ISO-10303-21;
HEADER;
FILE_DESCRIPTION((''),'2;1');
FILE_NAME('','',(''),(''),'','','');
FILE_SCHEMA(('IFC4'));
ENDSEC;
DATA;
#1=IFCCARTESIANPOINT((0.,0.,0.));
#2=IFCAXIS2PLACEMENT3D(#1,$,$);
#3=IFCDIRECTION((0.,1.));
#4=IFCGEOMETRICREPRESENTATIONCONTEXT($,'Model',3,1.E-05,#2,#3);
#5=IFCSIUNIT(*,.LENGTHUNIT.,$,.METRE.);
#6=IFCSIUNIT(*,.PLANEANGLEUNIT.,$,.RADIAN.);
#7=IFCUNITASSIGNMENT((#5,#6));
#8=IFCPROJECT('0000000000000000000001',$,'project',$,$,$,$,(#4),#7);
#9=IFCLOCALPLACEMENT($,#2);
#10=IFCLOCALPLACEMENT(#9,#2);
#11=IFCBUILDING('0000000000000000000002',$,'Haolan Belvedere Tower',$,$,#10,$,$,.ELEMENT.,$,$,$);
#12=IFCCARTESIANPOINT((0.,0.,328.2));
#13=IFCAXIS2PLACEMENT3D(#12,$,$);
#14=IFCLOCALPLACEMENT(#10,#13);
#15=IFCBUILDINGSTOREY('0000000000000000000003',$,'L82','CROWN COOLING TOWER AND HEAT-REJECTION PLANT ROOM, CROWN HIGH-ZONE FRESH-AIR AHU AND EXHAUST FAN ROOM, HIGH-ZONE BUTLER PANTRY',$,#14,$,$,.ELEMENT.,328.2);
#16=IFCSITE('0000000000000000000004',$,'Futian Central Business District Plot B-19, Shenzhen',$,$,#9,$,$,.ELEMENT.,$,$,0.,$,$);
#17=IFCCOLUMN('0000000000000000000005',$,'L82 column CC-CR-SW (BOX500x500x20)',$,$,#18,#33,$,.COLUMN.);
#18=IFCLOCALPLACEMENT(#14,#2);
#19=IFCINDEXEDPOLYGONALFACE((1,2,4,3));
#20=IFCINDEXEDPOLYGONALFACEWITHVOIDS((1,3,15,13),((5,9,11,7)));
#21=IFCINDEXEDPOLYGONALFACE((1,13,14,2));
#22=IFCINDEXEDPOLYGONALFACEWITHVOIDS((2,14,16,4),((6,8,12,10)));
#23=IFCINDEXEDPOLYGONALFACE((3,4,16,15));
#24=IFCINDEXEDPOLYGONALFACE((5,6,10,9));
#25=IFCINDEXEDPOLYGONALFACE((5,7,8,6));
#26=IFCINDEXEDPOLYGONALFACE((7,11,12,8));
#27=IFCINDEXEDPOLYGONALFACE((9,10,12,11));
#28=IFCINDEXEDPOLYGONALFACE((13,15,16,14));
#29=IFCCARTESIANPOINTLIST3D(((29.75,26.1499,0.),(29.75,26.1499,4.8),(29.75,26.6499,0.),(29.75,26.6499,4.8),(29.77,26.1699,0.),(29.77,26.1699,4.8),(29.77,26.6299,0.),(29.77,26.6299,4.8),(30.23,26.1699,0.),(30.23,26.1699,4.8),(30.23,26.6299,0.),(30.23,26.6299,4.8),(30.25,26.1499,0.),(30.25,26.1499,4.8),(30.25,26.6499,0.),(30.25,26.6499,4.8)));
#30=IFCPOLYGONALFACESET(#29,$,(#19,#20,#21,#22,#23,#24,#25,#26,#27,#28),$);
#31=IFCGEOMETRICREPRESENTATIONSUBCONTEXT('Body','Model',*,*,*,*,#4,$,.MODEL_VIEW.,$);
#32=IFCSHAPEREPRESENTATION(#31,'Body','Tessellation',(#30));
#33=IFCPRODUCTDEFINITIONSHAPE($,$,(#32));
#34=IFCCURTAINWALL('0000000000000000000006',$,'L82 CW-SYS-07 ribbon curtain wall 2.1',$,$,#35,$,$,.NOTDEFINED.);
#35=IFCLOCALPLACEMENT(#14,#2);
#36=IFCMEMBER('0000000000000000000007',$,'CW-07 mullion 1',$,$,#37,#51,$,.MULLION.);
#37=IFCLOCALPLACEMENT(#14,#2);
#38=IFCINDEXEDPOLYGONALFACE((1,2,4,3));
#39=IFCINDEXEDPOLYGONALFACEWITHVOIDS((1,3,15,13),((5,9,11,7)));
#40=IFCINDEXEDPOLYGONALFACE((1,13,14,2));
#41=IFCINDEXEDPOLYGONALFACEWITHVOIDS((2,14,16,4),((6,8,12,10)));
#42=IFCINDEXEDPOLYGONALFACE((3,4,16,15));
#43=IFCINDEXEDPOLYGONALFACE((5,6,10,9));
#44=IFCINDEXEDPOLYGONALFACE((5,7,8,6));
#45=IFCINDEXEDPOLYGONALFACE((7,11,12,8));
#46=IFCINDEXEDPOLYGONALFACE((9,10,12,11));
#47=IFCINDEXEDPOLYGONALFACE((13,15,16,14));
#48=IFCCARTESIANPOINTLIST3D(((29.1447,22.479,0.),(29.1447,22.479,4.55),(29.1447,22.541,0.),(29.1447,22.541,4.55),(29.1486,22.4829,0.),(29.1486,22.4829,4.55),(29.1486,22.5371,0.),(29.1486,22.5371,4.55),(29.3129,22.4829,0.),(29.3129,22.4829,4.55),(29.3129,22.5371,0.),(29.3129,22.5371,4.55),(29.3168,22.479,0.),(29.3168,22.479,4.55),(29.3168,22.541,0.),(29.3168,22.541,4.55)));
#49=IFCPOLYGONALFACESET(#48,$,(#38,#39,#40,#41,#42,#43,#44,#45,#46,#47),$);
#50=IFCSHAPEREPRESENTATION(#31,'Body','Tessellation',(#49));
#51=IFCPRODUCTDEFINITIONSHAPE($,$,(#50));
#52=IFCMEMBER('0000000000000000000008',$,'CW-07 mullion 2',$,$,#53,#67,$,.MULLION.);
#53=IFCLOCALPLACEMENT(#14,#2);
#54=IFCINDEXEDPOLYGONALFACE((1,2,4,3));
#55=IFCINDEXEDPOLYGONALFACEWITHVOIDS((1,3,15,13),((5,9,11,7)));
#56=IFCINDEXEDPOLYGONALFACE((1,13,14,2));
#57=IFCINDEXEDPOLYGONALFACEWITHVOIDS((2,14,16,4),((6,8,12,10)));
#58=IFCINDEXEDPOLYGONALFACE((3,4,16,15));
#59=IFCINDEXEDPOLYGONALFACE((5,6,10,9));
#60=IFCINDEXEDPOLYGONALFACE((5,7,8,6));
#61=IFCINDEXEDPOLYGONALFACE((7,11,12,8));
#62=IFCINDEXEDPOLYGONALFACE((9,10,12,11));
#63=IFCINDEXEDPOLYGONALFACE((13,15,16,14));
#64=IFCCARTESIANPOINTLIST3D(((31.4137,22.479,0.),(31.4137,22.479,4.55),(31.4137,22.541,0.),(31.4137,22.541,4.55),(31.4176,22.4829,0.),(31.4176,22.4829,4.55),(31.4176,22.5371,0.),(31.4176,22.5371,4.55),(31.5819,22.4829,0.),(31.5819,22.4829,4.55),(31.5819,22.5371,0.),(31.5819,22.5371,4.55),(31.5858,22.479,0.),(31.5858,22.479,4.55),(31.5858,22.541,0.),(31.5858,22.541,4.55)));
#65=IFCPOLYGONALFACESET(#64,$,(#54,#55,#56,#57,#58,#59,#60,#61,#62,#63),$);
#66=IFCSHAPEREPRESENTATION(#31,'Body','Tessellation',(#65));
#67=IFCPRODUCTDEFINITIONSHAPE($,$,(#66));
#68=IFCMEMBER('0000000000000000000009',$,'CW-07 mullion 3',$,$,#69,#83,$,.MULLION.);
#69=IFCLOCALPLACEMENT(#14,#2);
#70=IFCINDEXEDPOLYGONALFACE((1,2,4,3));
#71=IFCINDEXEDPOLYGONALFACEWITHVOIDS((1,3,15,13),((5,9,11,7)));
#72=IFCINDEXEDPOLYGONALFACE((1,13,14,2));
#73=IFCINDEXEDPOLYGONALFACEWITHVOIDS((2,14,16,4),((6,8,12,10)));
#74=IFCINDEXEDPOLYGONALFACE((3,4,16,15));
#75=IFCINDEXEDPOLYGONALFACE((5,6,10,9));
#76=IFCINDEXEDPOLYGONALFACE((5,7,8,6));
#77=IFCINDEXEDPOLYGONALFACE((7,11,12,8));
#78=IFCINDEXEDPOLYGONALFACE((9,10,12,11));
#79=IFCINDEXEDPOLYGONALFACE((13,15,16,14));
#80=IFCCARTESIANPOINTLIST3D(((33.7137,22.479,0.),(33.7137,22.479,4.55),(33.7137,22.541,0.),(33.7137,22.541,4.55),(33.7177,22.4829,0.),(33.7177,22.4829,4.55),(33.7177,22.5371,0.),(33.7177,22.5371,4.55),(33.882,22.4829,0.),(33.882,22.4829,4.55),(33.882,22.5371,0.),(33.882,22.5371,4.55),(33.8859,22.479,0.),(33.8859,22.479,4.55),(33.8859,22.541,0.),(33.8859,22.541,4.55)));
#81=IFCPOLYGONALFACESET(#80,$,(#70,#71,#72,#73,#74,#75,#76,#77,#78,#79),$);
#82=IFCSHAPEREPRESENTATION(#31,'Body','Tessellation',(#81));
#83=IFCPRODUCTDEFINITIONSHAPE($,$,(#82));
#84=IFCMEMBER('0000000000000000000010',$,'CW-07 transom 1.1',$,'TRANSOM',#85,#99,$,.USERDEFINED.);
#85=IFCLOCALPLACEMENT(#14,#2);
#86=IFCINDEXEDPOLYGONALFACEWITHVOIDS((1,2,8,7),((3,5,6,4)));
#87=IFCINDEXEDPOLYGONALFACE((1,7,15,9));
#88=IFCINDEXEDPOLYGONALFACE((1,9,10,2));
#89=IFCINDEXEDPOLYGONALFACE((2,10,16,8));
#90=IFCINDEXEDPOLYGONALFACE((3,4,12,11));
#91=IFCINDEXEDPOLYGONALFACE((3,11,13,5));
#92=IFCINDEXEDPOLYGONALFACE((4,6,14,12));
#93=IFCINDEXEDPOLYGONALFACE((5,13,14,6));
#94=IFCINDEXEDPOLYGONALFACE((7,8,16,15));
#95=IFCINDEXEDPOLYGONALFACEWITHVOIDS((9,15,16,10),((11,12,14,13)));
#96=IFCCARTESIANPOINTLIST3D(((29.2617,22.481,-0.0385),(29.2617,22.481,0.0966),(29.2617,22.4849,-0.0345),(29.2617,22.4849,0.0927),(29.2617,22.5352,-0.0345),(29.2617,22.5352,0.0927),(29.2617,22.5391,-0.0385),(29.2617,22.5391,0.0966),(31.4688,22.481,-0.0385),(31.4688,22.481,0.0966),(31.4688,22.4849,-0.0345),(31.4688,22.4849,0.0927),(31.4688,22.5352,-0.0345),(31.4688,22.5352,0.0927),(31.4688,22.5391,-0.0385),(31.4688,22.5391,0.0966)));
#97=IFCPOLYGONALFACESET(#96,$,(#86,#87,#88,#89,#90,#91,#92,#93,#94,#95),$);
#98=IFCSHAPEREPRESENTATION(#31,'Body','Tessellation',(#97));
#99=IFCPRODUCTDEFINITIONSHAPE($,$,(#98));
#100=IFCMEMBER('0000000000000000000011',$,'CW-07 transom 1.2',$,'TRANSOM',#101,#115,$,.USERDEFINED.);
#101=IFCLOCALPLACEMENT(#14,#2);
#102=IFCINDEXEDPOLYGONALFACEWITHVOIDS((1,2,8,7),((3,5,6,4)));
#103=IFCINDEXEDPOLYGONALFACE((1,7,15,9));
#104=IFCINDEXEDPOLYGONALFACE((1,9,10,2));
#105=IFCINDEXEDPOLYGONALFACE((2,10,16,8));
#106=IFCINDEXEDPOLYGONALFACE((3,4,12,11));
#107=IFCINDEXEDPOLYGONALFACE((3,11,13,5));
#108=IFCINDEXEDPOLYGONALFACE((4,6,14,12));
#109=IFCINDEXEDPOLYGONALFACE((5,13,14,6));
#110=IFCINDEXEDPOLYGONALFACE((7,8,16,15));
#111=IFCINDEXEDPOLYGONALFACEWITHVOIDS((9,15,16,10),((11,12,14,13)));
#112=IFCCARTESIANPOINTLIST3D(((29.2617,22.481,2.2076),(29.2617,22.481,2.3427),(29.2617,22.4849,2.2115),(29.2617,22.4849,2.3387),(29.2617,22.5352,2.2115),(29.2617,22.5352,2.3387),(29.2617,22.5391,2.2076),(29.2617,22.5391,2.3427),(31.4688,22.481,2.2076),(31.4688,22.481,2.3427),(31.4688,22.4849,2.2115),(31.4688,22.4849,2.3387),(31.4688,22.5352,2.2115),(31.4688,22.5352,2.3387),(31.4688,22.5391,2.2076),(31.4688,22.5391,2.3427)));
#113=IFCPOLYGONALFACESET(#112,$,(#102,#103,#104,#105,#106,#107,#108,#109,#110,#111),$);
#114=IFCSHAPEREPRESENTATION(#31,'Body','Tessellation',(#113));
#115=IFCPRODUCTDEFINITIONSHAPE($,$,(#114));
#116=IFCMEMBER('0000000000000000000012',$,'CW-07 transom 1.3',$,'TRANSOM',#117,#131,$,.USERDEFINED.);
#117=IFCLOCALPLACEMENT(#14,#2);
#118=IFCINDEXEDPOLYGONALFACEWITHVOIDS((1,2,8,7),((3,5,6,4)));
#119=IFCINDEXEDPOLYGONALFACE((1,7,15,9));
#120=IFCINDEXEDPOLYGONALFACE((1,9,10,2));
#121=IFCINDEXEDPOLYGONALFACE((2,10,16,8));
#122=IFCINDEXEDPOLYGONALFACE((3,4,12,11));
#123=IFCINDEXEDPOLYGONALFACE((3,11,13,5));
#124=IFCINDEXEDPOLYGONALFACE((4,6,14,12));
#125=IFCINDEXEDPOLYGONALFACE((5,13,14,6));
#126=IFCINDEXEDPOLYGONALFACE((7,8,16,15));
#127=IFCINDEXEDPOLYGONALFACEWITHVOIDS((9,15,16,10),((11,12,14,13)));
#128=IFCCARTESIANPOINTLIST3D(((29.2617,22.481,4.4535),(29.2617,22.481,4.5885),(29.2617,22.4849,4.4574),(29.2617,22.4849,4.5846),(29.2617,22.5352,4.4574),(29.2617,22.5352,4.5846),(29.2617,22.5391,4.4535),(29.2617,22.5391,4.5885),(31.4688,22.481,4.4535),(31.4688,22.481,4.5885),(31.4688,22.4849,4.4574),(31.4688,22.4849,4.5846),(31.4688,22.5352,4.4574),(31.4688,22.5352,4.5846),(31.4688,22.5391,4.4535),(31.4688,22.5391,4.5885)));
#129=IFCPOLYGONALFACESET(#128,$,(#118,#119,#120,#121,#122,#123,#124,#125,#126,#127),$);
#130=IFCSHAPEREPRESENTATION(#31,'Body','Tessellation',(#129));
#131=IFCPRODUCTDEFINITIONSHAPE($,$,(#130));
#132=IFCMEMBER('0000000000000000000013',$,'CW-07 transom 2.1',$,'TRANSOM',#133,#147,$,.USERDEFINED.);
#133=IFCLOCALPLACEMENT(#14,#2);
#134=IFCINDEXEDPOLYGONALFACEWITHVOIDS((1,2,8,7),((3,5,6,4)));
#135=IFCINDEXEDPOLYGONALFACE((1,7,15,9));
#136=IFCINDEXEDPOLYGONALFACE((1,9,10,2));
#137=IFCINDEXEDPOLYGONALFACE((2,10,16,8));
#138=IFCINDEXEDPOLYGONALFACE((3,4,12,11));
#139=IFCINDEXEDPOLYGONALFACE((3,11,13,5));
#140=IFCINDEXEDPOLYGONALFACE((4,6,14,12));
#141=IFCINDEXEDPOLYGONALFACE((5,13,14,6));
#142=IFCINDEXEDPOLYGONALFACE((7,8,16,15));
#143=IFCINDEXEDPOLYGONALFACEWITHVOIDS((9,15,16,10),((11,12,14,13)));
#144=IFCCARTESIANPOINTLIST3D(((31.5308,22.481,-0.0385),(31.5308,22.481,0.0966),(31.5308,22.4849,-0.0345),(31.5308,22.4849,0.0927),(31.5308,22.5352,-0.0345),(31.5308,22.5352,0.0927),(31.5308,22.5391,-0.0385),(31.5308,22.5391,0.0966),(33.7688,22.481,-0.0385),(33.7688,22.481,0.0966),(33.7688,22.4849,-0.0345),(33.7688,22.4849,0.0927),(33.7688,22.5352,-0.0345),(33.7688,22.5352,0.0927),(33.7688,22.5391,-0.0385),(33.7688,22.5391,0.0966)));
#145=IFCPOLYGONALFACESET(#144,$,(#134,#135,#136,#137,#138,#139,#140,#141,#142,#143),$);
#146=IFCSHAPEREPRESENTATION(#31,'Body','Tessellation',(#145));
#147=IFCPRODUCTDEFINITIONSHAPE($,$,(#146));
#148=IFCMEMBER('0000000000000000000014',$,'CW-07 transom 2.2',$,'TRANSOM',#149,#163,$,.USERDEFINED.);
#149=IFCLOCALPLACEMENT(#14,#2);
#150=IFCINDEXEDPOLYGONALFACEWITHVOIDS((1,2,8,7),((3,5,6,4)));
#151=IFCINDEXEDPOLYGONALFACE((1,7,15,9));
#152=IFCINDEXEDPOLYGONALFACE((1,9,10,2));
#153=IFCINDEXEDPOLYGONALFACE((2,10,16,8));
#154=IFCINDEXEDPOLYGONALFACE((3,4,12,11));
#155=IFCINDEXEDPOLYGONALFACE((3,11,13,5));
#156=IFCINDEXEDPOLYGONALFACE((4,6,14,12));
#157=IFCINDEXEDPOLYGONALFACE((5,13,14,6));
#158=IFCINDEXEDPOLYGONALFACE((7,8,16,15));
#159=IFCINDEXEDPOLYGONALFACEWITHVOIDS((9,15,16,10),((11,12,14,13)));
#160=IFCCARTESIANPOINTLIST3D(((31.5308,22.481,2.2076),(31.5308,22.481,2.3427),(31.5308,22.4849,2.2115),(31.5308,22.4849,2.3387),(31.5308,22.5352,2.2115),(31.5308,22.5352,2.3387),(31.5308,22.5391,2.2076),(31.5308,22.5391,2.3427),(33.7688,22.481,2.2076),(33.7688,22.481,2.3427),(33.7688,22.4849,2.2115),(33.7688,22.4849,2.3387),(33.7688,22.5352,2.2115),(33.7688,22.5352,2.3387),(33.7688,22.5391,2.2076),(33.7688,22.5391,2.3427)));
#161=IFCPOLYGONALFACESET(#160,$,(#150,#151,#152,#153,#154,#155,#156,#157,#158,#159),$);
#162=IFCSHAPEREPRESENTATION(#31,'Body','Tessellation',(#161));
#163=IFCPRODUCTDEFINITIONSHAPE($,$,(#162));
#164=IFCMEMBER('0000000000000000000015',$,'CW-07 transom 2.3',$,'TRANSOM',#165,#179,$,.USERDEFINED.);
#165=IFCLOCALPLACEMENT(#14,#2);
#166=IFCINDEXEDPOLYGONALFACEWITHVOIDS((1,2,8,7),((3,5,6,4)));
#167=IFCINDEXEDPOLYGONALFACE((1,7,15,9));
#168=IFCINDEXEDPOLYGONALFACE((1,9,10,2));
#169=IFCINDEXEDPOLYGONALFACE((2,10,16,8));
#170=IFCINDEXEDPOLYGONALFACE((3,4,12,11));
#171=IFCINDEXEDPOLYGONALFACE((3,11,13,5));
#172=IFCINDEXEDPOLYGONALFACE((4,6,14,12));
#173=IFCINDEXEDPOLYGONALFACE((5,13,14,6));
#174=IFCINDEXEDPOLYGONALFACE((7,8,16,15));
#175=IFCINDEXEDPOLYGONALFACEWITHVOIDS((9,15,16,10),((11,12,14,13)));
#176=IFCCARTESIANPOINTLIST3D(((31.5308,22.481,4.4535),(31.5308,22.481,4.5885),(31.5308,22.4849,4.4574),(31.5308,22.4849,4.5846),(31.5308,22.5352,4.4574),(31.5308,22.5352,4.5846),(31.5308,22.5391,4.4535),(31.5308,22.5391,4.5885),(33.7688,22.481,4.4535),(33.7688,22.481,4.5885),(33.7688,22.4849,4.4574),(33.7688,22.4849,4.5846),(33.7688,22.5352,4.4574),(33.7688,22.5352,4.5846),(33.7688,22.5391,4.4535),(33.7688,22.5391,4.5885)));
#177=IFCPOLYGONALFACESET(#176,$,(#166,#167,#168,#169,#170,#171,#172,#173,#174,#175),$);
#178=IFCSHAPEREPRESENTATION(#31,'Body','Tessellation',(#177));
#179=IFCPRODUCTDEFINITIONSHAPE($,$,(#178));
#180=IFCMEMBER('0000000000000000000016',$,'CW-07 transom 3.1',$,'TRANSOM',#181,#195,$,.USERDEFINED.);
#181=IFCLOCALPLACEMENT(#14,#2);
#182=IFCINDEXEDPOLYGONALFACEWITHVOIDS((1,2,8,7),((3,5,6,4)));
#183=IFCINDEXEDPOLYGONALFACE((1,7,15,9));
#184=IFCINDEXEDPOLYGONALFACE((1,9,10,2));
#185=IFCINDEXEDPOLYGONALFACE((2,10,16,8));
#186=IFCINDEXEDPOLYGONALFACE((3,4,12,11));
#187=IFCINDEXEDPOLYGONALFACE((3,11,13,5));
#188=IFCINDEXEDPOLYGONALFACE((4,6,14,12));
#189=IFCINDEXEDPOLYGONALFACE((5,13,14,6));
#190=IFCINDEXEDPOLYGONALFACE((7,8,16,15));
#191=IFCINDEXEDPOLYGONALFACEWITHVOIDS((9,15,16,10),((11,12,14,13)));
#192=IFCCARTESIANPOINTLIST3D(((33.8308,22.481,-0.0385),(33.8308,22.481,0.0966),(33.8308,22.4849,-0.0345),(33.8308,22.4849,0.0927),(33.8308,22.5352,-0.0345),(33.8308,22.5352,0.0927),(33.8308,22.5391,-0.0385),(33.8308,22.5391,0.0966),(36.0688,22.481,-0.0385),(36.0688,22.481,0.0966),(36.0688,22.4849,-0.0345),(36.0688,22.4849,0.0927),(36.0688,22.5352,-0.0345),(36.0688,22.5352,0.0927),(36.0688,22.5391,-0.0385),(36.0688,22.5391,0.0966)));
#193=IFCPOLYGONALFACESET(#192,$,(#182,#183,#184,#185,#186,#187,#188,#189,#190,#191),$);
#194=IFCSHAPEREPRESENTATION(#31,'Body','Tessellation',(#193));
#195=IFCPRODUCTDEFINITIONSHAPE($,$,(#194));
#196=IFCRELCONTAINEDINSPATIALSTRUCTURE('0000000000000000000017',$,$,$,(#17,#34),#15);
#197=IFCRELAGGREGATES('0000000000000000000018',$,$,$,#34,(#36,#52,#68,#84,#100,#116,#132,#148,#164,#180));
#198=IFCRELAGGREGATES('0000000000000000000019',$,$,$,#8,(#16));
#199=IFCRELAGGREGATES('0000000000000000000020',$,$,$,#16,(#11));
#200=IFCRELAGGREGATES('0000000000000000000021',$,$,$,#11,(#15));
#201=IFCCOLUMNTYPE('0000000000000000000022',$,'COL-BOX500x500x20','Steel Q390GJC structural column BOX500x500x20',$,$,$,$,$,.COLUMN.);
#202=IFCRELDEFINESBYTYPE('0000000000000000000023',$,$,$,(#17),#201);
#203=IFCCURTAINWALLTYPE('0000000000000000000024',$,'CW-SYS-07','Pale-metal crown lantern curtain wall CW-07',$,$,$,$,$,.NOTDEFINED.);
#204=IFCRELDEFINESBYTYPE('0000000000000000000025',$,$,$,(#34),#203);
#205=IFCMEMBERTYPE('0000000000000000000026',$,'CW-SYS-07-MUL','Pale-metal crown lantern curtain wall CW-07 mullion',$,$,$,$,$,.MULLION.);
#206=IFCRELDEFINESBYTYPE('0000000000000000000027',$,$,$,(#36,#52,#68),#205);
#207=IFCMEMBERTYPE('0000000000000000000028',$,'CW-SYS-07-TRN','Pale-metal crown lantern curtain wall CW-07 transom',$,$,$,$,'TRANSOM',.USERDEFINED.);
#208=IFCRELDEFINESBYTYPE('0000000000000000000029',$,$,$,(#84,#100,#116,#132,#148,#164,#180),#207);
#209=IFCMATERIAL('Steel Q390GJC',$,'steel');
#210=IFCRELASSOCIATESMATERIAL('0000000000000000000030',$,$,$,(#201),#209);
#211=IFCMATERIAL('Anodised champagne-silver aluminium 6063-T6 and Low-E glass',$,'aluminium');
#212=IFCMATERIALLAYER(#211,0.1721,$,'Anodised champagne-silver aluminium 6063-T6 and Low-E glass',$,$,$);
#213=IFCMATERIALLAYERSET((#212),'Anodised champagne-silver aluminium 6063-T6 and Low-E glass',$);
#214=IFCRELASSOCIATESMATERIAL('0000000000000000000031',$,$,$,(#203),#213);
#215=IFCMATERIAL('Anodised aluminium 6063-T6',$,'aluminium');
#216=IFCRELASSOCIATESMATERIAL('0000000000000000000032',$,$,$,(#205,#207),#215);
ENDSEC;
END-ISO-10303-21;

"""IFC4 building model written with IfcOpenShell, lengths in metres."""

from ifc_helpers import new_model, si_unit, direction, frame, origin, origin_2d, place, context, subcontext, project, spatial, hollow_rectangle, extrude, material, layer, layer_set, material_profile, profile_set, type_object, element, aggregate, save


model = new_model("IFC4")

# Units and contexts
model_context = context("Model", 3, precision=1e-05, world=origin(), true_north=direction((0.0, 1.0)))
body_context = subcontext(model_context, "Body", "Model", "MODEL_VIEW")
ifc_project = project(units=[si_unit("LENGTHUNIT", "METRE"), si_unit("PLANEANGLEUNIT", "RADIAN")], contexts=[model_context])

# Site, building, storey
site_placement = place(None, origin())
site = spatial("IfcSite", under=ifc_project, at=site_placement, Name="Futian Central Business District Plot B-19, Shenzhen", CompositionType="ELEMENT", RefElevation=0.0)
building_placement = place(site_placement, origin())
building = spatial("IfcBuilding", under=site, at=building_placement, Name="Haolan Belvedere Tower", CompositionType="ELEMENT")
storey_placement = place(building_placement, frame((0.0, 0.0, 328.2)))
storey = spatial("IfcBuildingStorey", under=building, at=storey_placement, Name="L82", Description="CROWN COOLING TOWER AND HEAT-REJECTION PLANT ROOM, CROWN HIGH-ZONE FRESH-AIR AHU AND EXHAUST FAN ROOM, HIGH-ZONE BUTLER PANTRY", CompositionType="ELEMENT", Elevation=328.2)

# Column
ifc_material_1 = material(Name="Steel Q390GJC", Category="steel")
ifc_material_profile_1 = material_profile(ifc_material_1, hollow_rectangle(XDim=0.5, YDim=0.5, WallThickness=0.02, at=origin_2d()), Name="Steel Q390GJC")
ifc_profile_set_1 = profile_set([ifc_material_profile_1], Name="Steel Q390GJC")
column_type = type_object("IfcColumnType", Name="COL-BOX500x500x20", Description="Steel Q390GJC structural column BOX500x500x20", PredefinedType="COLUMN", material=ifc_profile_set_1)
column_placement = place(storey_placement, frame((30.0, 26.3999, 0.0), z_axis=(0.0, 0.0, 1.0), x_axis=(1.0, 0.0, 0.0)))
element("IfcColumn", 1, at=column_placement, inside=storey, type_object=column_type, Name="L82 column CC-CR-SW (BOX500x500x20)", PredefinedType="COLUMN", context=body_context, shape_type="SweptSolid", body=[
    extrude(hollow_rectangle(XDim=0.5, YDim=0.5, WallThickness=0.02, at=origin_2d()), origin(), (0.0, 0.0, 1.0), 4.8),
])

# Curtain wall, members
ifc_material_2 = material(Name="Anodised champagne-silver aluminium 6063-T6 and Low-E glass", Category="aluminium")
ifc_layer_1 = layer(ifc_material_2, 0.1721, Name="Anodised champagne-silver aluminium 6063-T6 and Low-E glass")
ifc_layer_set_1 = layer_set([ifc_layer_1], Name="Anodised champagne-silver aluminium 6063-T6 and Low-E glass")
curtain_wall_type = type_object("IfcCurtainWallType", Name="CW-SYS-07", Description="Pale-metal crown lantern curtain wall CW-07", PredefinedType="NOTDEFINED", material=ifc_layer_set_1)
curtain_wall_placement = place(storey_placement, origin())
curtain_wall = element("IfcCurtainWall", 2, at=curtain_wall_placement, inside=storey, type_object=curtain_wall_type, Name="L82 CW-SYS-07 ribbon curtain wall 2.1", PredefinedType="NOTDEFINED")
ifc_material_3 = material(Name="Anodised aluminium 6063-T6", Category="aluminium")
ifc_material_profile_2 = material_profile(ifc_material_3, hollow_rectangle(XDim=0.062, YDim=0.1721, WallThickness=0.0039, at=origin_2d()), Name="Anodised aluminium 6063-T6")
ifc_profile_set_2 = profile_set([ifc_material_profile_2], Name="Anodised aluminium 6063-T6")
member_type_1 = type_object("IfcMemberType", Name="CW-SYS-07-MUL", Description="Pale-metal crown lantern curtain wall CW-07 mullion", PredefinedType="MULLION", material=ifc_profile_set_2)
member_1_placement = place(storey_placement, frame((29.2307, 22.51, 0.0), z_axis=(0.0, 0.0, 1.0), x_axis=(0.0, 1.0, 0.0)))
member_1 = element("IfcMember", 3, at=member_1_placement, type_object=member_type_1, Name="CW-07 mullion 1", PredefinedType="MULLION", context=body_context, shape_type="SweptSolid", body=[
    extrude(hollow_rectangle(XDim=0.062, YDim=0.1721, WallThickness=0.0039, at=origin_2d()), origin(), (0.0, 0.0, 1.0), 4.55),
])
member_2_placement = place(storey_placement, frame((31.4998, 22.51, 0.0), z_axis=(0.0, 0.0, 1.0), x_axis=(0.0, 1.0, 0.0)))
member_2 = element("IfcMember", 4, at=member_2_placement, type_object=member_type_1, Name="CW-07 mullion 2", PredefinedType="MULLION", context=body_context, shape_type="SweptSolid", body=[
    extrude(hollow_rectangle(XDim=0.062, YDim=0.1721, WallThickness=0.0039, at=origin_2d()), origin(), (0.0, 0.0, 1.0), 4.55),
])
member_3_placement = place(storey_placement, frame((33.7998, 22.51, 0.0), z_axis=(0.0, 0.0, 1.0), x_axis=(0.0, 1.0, 0.0)))
member_3 = element("IfcMember", 5, at=member_3_placement, type_object=member_type_1, Name="CW-07 mullion 3", PredefinedType="MULLION", context=body_context, shape_type="SweptSolid", body=[
    extrude(hollow_rectangle(XDim=0.062, YDim=0.1721, WallThickness=0.0039, at=origin_2d()), origin(), (0.0, 0.0, 1.0), 4.55),
])
ifc_material_profile_3 = material_profile(ifc_material_3, hollow_rectangle(XDim=0.0581, YDim=0.135, WallThickness=0.0039, at=origin_2d()), Name="Anodised aluminium 6063-T6")
ifc_profile_set_3 = profile_set([ifc_material_profile_3], Name="Anodised aluminium 6063-T6")
member_type_2 = type_object("IfcMemberType", Name="CW-SYS-07-TRN", Description="Pale-metal crown lantern curtain wall CW-07 transom", ElementType="TRANSOM", PredefinedType="USERDEFINED", material=ifc_profile_set_3)
member_4_placement = place(storey_placement, frame((29.2617, 22.51, 0.0291), z_axis=(1.0, 0.0, 0.0), x_axis=(0.0, 1.0, 0.0)))
member_4 = element("IfcMember", 6, at=member_4_placement, type_object=member_type_2, Name="CW-07 transom 1.1", ObjectType="TRANSOM", PredefinedType="USERDEFINED", context=body_context, shape_type="SweptSolid", body=[
    extrude(hollow_rectangle(XDim=0.0581, YDim=0.135, WallThickness=0.0039, at=origin_2d()), origin(), (0.0, 0.0, 1.0), 2.207),
])
member_5_placement = place(storey_placement, frame((29.2617, 22.51, 2.2751), z_axis=(1.0, 0.0, 0.0), x_axis=(0.0, 1.0, 0.0)))
member_5 = element("IfcMember", 7, at=member_5_placement, type_object=member_type_2, Name="CW-07 transom 1.2", ObjectType="TRANSOM", PredefinedType="USERDEFINED", context=body_context, shape_type="SweptSolid", body=[
    extrude(hollow_rectangle(XDim=0.0581, YDim=0.135, WallThickness=0.0039, at=origin_2d()), origin(), (0.0, 0.0, 1.0), 2.207),
])
member_6_placement = place(storey_placement, frame((29.2617, 22.51, 4.521), z_axis=(1.0, 0.0, 0.0), x_axis=(0.0, 1.0, 0.0)))
member_6 = element("IfcMember", 8, at=member_6_placement, type_object=member_type_2, Name="CW-07 transom 1.3", ObjectType="TRANSOM", PredefinedType="USERDEFINED", context=body_context, shape_type="SweptSolid", body=[
    extrude(hollow_rectangle(XDim=0.0581, YDim=0.135, WallThickness=0.0039, at=origin_2d()), origin(), (0.0, 0.0, 1.0), 2.207),
])
member_7_placement = place(storey_placement, frame((31.5308, 22.51, 0.0291), z_axis=(1.0, 0.0, 0.0), x_axis=(0.0, 1.0, 0.0)))
member_7 = element("IfcMember", 9, at=member_7_placement, type_object=member_type_2, Name="CW-07 transom 2.1", ObjectType="TRANSOM", PredefinedType="USERDEFINED", context=body_context, shape_type="SweptSolid", body=[
    extrude(hollow_rectangle(XDim=0.0581, YDim=0.135, WallThickness=0.0039, at=origin_2d()), origin(), (0.0, 0.0, 1.0), 2.238),
])
member_8_placement = place(storey_placement, frame((31.5308, 22.51, 2.2751), z_axis=(1.0, 0.0, 0.0), x_axis=(0.0, 1.0, 0.0)))
member_8 = element("IfcMember", 10, at=member_8_placement, type_object=member_type_2, Name="CW-07 transom 2.2", ObjectType="TRANSOM", PredefinedType="USERDEFINED", context=body_context, shape_type="SweptSolid", body=[
    extrude(hollow_rectangle(XDim=0.0581, YDim=0.135, WallThickness=0.0039, at=origin_2d()), origin(), (0.0, 0.0, 1.0), 2.238),
])
member_9_placement = place(storey_placement, frame((31.5308, 22.51, 4.521), z_axis=(1.0, 0.0, 0.0), x_axis=(0.0, 1.0, 0.0)))
member_9 = element("IfcMember", 11, at=member_9_placement, type_object=member_type_2, Name="CW-07 transom 2.3", ObjectType="TRANSOM", PredefinedType="USERDEFINED", context=body_context, shape_type="SweptSolid", body=[
    extrude(hollow_rectangle(XDim=0.0581, YDim=0.135, WallThickness=0.0039, at=origin_2d()), origin(), (0.0, 0.0, 1.0), 2.238),
])
member_10_placement = place(storey_placement, frame((33.8308, 22.51, 0.0291), z_axis=(1.0, 0.0, 0.0), x_axis=(0.0, 1.0, 0.0)))
member_10 = element("IfcMember", 12, at=member_10_placement, type_object=member_type_2, Name="CW-07 transom 3.1", ObjectType="TRANSOM", PredefinedType="USERDEFINED", context=body_context, shape_type="SweptSolid", body=[
    extrude(hollow_rectangle(XDim=0.0581, YDim=0.135, WallThickness=0.0039, at=origin_2d()), origin(), (0.0, 0.0, 1.0), 2.238),
])
aggregate(curtain_wall, [member_1, member_2, member_3, member_4, member_5, member_6, member_7, member_8, member_9, member_10])

save(model, "model.ifc")
